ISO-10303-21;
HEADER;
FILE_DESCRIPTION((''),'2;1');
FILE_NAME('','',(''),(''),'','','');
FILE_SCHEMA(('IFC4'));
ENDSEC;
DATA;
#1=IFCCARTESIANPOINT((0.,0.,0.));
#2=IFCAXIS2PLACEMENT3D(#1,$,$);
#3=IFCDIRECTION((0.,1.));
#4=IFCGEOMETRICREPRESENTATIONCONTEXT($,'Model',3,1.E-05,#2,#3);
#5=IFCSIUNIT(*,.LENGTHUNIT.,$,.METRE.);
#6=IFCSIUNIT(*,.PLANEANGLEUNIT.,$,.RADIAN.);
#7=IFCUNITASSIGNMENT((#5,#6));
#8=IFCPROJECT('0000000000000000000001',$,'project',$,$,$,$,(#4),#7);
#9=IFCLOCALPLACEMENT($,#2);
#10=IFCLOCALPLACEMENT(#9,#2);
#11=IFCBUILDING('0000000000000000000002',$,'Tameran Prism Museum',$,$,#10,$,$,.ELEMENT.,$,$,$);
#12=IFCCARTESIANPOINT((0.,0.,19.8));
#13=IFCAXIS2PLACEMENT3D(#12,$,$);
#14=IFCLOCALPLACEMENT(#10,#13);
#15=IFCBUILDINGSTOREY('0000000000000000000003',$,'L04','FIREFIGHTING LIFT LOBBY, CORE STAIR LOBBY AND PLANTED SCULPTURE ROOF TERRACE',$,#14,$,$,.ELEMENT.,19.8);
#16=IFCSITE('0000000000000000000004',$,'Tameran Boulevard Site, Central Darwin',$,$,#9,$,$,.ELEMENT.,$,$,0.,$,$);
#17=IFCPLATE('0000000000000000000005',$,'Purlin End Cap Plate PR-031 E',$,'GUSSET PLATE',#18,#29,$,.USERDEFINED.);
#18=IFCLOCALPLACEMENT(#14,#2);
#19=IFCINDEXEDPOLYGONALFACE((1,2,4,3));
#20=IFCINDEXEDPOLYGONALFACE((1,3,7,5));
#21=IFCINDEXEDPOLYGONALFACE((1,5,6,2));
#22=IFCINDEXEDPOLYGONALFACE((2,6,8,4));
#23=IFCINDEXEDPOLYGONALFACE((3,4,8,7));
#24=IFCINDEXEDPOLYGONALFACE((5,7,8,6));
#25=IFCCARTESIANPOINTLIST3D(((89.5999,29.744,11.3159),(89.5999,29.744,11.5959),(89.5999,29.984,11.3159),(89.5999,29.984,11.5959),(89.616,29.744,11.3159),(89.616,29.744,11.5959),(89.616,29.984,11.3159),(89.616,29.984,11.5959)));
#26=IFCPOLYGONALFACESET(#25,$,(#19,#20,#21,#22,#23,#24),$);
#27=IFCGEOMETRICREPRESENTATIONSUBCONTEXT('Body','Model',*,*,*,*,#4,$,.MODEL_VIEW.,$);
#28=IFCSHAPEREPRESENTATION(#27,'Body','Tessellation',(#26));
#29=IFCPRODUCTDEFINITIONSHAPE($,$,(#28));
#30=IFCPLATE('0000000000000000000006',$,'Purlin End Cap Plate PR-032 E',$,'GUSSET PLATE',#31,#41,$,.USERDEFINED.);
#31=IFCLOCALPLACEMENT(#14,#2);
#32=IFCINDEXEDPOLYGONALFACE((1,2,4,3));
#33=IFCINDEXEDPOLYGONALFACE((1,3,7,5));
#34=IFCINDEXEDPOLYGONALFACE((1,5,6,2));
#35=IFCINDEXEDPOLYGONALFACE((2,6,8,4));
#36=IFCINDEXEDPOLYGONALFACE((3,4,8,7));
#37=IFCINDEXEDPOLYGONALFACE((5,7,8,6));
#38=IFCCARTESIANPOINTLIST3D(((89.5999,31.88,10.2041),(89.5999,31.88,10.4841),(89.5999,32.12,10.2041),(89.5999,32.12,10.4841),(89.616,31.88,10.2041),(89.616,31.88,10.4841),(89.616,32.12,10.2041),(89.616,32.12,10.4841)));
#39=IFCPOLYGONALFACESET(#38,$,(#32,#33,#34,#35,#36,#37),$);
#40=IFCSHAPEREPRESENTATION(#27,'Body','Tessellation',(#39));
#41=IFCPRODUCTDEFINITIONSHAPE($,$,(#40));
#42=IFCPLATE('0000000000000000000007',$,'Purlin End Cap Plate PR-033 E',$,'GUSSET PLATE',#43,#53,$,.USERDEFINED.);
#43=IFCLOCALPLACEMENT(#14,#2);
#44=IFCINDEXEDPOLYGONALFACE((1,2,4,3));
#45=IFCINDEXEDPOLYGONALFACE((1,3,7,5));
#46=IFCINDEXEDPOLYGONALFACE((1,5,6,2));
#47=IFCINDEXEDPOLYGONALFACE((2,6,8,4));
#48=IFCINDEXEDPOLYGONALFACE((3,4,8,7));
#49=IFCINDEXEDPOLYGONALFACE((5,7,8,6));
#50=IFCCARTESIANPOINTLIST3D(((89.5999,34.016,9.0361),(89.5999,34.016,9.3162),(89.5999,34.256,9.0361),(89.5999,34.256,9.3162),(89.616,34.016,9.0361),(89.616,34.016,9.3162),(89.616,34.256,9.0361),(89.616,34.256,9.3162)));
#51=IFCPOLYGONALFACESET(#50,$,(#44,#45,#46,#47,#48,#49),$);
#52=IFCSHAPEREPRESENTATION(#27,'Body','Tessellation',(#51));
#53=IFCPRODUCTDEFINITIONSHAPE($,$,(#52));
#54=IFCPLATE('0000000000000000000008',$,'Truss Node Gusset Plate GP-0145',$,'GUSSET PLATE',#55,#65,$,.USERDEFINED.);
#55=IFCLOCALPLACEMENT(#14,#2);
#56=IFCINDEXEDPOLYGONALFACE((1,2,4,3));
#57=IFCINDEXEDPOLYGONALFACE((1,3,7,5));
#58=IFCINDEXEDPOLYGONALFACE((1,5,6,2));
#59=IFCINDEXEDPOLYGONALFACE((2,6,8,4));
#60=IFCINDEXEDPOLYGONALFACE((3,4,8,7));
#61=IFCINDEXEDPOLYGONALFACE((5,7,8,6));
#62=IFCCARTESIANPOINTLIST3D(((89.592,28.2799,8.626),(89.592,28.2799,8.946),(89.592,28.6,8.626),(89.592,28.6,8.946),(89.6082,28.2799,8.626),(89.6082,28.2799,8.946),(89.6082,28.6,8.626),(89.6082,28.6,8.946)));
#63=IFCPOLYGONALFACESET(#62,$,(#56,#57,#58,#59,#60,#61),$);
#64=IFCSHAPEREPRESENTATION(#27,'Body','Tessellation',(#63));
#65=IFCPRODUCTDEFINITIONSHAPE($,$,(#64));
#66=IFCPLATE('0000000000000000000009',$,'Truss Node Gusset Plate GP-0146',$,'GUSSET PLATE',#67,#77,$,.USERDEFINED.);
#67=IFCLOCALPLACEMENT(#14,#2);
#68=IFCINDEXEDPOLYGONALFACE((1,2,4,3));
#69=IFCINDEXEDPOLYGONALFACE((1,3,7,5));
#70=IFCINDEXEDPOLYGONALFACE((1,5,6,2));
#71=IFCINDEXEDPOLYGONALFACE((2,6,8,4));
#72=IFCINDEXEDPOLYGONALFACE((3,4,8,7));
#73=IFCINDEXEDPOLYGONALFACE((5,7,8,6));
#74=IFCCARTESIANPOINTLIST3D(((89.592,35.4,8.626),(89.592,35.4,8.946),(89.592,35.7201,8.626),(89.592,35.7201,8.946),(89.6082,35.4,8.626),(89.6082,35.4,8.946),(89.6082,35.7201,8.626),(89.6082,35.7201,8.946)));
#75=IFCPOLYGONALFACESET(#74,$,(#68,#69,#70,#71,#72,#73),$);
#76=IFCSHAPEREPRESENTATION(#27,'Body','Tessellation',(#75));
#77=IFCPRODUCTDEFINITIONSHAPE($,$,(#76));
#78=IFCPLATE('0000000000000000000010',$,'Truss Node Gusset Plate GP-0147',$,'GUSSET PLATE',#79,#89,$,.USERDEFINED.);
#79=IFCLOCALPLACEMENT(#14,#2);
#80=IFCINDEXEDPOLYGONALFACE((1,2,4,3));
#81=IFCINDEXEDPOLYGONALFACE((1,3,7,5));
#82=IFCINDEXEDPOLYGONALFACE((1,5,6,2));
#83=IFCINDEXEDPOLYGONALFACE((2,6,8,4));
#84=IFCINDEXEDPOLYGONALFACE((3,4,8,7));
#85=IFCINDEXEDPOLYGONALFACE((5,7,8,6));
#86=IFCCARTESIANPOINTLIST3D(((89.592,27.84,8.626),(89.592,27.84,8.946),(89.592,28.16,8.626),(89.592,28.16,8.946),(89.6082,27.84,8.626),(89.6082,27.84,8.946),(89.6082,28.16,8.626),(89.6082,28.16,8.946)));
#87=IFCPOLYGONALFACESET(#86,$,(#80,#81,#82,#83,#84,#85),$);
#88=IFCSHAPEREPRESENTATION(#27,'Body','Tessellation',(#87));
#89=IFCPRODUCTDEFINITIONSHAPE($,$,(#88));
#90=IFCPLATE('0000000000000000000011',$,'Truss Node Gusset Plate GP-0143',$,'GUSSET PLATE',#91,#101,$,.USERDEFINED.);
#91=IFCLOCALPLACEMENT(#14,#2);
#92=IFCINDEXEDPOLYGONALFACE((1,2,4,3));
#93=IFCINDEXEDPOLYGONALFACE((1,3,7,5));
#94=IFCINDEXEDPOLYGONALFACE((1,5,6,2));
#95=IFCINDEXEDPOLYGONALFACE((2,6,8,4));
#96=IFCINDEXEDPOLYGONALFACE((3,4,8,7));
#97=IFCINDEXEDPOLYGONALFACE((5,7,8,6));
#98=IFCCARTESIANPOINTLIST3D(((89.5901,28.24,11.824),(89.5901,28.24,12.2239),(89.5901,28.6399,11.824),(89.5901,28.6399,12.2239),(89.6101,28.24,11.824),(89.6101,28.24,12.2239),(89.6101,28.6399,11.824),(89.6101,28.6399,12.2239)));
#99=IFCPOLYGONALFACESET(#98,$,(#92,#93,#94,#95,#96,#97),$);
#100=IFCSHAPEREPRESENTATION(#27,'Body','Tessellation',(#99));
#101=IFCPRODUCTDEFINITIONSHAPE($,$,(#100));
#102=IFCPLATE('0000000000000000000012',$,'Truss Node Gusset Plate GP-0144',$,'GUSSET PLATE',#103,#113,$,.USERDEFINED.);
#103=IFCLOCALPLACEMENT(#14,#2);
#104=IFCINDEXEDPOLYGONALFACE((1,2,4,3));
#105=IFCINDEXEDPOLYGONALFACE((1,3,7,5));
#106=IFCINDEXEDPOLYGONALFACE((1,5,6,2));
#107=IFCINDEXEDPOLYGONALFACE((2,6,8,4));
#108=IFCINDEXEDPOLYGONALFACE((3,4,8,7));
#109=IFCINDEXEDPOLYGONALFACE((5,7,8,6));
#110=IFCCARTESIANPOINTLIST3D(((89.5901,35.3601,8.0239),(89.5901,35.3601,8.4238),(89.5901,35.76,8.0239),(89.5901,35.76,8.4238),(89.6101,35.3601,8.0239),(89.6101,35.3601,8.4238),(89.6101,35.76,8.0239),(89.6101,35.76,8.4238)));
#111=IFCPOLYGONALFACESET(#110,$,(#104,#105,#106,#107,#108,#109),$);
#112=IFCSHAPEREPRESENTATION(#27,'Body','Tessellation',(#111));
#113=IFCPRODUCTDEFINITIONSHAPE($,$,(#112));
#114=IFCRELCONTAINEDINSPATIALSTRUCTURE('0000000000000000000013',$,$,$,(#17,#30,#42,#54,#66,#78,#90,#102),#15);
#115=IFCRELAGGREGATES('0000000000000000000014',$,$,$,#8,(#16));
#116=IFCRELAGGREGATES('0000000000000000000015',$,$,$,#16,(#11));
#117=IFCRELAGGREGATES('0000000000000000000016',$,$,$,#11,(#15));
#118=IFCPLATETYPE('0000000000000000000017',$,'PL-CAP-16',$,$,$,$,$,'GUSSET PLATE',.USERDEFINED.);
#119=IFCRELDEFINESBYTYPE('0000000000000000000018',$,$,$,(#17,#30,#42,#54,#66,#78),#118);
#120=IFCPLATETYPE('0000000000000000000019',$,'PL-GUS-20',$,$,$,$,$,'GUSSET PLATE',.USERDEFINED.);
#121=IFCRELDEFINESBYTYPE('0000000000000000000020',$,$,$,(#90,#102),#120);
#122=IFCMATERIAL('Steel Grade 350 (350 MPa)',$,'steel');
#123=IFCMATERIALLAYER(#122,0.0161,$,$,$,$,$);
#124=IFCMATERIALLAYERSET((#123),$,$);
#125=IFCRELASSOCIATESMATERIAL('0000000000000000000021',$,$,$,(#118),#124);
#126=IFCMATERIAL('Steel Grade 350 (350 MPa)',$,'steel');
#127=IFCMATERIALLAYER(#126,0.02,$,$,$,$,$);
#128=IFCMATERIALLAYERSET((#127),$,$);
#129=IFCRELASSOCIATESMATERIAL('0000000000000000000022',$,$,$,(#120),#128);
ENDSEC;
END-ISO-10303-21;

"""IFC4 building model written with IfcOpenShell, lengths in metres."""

from ifc_helpers import new_model, si_unit, direction, frame, origin, origin_2d, place, context, subcontext, project, spatial, rectangle, extrude, material, layer, layer_set, type_object, element, save


model = new_model("IFC4")

# Units and contexts
model_context = context("Model", 3, precision=1e-05, world=origin(), true_north=direction((0.0, 1.0)))
body_context = subcontext(model_context, "Body", "Model", "MODEL_VIEW")
ifc_project = project(units=[si_unit("LENGTHUNIT", "METRE"), si_unit("PLANEANGLEUNIT", "RADIAN")], contexts=[model_context])

# Site, building, storey
site_placement = place(None, origin())
site = spatial("IfcSite", under=ifc_project, at=site_placement, Name="Tameran Boulevard Site, Central Darwin", CompositionType="ELEMENT", RefElevation=0.0)
building_placement = place(site_placement, origin())
building = spatial("IfcBuilding", under=site, at=building_placement, Name="Tameran Prism Museum", CompositionType="ELEMENT")
storey_placement = place(building_placement, frame((0.0, 0.0, 19.8)))
storey = spatial("IfcBuildingStorey", under=building, at=storey_placement, Name="L04", Description="FIREFIGHTING LIFT LOBBY, CORE STAIR LOBBY AND PLANTED SCULPTURE ROOF TERRACE", CompositionType="ELEMENT", Elevation=19.8)

# Plates
ifc_material_1 = material(Name="Steel Grade 350 (350 MPa)", Category="steel")
ifc_layer_1 = layer(ifc_material_1, 0.0161)
ifc_layer_set_1 = layer_set([ifc_layer_1])
plate_type_1 = type_object("IfcPlateType", Name="PL-CAP-16", ElementType="GUSSET PLATE", PredefinedType="USERDEFINED", material=ifc_layer_set_1)
for number, where, z_axis, x_axis, name in (
    (1, (89.6079, 29.864, 11.3159), (0.0, 0.0, 1.0), (1.0, 0.0, 0.0), "Purlin End Cap Plate PR-031 E"),
    (2, (89.6079, 32.0, 10.2041), (0.0, 0.0, 1.0), (1.0, 0.0, 0.0), "Purlin End Cap Plate PR-032 E"),
    (3, (89.6079, 34.136, 9.0361), (0.0, 0.0, 1.0), (1.0, 0.0, 0.0), "Purlin End Cap Plate PR-033 E"),
):
    element("IfcPlate", number, at=place(storey_placement, frame(where, z_axis=z_axis, x_axis=x_axis)), inside=storey, type_object=plate_type_1, Name=name, ObjectType="GUSSET PLATE", PredefinedType="USERDEFINED", context=body_context, shape_type="SweptSolid", body=[
        extrude(rectangle(XDim=0.0161, YDim=0.24, at=origin_2d()), origin(), (0.0, 0.0, 1.0), 0.28),
    ])
for number, where, z_axis, x_axis, name in (
    (4, (89.6001, 28.4399, 8.626), (0.0, 0.0, 1.0), (1.0, 0.0, 0.0), "Truss Node Gusset Plate GP-0145"),
    (5, (89.6001, 35.5601, 8.626), (0.0, 0.0, 1.0), (1.0, 0.0, 0.0), "Truss Node Gusset Plate GP-0146"),
    (6, (89.6001, 28.0, 8.626), (0.0, 0.0, 1.0), (1.0, 0.0, 0.0), "Truss Node Gusset Plate GP-0147"),
):
    element("IfcPlate", number, at=place(storey_placement, frame(where, z_axis=z_axis, x_axis=x_axis)), inside=storey, type_object=plate_type_1, Name=name, ObjectType="GUSSET PLATE", PredefinedType="USERDEFINED", context=body_context, shape_type="SweptSolid", body=[
        extrude(rectangle(XDim=0.0161, YDim=0.3201, at=origin_2d()), origin(), (0.0, 0.0, 1.0), 0.3201),
    ])
ifc_material_2 = material(Name="Steel Grade 350 (350 MPa)", Category="steel")
ifc_layer_2 = layer(ifc_material_2, 0.02)
ifc_layer_set_2 = layer_set([ifc_layer_2])
plate_type_2 = type_object("IfcPlateType", Name="PL-GUS-20", ElementType="GUSSET PLATE", PredefinedType="USERDEFINED", material=ifc_layer_set_2)
for number, where, z_axis, x_axis, name in (
    (7, (89.6001, 28.4399, 11.824), (0.0, 0.0, 1.0), (1.0, 0.0, 0.0), "Truss Node Gusset Plate GP-0143"),
    (8, (89.6001, 35.5601, 8.0239), (0.0, 0.0, 1.0), (1.0, 0.0, 0.0), "Truss Node Gusset Plate GP-0144"),
):
    element("IfcPlate", number, at=place(storey_placement, frame(where, z_axis=z_axis, x_axis=x_axis)), inside=storey, type_object=plate_type_2, Name=name, ObjectType="GUSSET PLATE", PredefinedType="USERDEFINED", context=body_context, shape_type="SweptSolid", body=[
        extrude(rectangle(XDim=0.02, YDim=0.3999, at=origin_2d()), origin(), (0.0, 0.0, 1.0), 0.3999),
    ])

save(model, "model.ifc")
